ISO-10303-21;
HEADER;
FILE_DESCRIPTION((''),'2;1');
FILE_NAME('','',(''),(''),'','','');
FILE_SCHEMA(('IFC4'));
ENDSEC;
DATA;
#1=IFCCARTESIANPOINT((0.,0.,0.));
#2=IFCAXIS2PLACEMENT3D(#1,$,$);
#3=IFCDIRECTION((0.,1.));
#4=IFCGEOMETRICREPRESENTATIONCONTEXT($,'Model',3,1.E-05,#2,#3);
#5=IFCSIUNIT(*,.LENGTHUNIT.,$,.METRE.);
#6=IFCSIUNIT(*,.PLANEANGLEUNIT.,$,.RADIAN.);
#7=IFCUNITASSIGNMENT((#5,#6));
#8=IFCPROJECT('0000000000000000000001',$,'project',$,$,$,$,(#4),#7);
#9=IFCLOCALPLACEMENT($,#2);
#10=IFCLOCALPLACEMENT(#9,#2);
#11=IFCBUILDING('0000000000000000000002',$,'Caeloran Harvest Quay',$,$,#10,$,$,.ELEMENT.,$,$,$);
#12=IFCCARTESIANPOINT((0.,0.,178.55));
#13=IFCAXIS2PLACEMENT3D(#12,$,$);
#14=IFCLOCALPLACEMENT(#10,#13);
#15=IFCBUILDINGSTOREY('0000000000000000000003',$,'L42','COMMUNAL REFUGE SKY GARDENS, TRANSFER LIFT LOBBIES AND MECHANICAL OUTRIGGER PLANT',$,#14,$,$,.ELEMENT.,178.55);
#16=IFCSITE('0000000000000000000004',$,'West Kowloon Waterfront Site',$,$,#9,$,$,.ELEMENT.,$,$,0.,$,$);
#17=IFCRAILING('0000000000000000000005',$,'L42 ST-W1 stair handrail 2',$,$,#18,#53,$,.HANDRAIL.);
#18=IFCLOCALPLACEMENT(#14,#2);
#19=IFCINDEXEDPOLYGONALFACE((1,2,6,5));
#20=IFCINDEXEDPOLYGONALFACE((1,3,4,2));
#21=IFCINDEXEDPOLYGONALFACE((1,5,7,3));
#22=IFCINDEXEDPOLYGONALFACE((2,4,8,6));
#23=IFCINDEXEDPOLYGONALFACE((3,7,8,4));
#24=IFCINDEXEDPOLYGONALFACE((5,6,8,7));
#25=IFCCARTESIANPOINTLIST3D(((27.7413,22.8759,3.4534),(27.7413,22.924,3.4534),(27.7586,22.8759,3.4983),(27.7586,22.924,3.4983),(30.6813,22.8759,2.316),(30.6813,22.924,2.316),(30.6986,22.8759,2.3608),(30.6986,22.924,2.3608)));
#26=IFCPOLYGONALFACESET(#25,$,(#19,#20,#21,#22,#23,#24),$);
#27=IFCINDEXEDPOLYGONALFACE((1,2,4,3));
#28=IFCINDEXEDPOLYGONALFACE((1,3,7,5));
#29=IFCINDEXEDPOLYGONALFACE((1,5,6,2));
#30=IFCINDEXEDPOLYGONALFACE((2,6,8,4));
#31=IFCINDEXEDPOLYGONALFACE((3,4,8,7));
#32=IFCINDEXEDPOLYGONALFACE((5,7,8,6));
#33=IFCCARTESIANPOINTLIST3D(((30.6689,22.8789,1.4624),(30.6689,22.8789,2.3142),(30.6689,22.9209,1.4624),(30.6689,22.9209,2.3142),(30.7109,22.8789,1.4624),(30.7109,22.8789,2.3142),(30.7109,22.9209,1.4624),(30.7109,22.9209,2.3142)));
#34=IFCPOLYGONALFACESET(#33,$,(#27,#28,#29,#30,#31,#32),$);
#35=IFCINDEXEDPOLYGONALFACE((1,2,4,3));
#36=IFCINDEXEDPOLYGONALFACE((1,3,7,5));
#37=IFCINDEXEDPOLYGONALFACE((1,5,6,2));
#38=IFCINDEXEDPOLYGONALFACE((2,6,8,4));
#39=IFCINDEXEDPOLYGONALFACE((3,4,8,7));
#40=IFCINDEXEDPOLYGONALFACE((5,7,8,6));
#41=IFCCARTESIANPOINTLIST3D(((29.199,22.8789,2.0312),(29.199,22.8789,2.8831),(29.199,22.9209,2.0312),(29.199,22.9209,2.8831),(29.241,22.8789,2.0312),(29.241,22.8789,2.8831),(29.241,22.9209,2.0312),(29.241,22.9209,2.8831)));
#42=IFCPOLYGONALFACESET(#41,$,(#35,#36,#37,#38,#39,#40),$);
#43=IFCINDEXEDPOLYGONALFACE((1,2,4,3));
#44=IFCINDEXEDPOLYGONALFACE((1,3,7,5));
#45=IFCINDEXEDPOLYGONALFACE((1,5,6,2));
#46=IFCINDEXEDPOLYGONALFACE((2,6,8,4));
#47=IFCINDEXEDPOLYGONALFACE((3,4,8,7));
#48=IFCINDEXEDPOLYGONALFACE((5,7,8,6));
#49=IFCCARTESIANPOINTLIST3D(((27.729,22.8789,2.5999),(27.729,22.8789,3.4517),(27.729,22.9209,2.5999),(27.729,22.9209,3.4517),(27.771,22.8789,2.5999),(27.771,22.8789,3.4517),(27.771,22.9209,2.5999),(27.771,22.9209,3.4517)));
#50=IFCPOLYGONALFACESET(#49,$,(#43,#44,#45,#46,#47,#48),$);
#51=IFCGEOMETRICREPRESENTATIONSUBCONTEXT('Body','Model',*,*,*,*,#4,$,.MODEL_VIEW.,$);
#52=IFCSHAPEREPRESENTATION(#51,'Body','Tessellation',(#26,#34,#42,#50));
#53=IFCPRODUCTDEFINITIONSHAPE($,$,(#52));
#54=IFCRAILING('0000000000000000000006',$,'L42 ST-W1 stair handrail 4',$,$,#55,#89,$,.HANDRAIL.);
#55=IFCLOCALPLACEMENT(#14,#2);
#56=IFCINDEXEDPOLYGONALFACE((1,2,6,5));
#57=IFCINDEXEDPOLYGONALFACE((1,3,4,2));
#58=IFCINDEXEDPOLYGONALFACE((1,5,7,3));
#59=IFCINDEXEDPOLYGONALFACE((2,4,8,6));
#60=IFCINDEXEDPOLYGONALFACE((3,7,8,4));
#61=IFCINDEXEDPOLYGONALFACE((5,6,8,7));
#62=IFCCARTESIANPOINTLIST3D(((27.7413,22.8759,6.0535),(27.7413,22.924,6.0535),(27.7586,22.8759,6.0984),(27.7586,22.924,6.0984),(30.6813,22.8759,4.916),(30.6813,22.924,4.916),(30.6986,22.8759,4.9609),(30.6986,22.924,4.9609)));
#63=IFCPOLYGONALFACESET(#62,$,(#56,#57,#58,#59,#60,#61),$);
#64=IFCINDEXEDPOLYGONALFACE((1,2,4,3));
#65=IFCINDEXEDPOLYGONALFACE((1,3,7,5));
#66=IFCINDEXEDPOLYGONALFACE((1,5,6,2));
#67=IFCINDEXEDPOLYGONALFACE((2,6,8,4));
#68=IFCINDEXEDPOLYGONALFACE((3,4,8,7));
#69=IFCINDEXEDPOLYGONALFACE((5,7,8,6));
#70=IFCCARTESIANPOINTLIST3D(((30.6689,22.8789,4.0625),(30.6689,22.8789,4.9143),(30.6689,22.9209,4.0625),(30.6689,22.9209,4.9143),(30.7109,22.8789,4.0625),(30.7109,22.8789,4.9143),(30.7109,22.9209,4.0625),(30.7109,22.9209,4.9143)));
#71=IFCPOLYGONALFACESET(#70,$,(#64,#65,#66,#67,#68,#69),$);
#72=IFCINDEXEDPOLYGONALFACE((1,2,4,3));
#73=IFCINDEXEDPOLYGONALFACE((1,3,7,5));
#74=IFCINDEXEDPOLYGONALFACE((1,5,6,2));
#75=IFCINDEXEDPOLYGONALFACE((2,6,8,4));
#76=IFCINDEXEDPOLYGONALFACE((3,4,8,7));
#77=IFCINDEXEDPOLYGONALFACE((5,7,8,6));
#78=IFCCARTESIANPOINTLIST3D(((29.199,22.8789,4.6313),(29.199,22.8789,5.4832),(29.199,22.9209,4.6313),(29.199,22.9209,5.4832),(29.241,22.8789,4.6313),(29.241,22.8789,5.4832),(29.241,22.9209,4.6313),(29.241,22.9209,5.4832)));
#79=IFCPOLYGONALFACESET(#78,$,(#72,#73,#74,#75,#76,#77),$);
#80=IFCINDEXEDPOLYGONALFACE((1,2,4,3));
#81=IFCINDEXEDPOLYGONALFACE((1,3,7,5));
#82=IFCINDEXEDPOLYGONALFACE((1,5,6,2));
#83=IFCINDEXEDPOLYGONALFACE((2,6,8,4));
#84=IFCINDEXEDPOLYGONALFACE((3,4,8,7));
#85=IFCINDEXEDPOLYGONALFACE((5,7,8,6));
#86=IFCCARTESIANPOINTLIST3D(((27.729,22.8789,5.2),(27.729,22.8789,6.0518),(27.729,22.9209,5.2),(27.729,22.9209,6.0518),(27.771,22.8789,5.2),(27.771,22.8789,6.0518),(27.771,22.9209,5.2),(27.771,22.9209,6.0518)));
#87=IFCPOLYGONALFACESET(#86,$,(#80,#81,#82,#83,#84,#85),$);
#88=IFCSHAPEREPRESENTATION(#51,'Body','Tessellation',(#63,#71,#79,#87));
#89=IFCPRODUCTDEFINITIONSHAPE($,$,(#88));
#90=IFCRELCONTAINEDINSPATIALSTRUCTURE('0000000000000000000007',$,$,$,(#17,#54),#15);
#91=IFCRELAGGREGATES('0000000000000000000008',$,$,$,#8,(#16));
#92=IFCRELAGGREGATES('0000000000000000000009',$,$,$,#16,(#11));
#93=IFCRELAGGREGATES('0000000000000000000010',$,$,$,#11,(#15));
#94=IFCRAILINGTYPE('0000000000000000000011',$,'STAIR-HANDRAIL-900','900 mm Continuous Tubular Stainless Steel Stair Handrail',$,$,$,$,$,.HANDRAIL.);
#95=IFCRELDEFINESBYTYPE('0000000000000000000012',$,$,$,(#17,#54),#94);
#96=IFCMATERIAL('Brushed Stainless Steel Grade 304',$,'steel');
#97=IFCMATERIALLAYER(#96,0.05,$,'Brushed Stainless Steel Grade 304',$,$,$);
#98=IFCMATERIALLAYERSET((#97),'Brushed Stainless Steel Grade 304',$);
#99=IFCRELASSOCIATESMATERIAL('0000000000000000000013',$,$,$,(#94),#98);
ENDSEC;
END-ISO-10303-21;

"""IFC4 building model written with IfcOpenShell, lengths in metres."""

from ifc_helpers import new_model, si_unit, direction, frame, origin, origin_2d, place, context, subcontext, project, spatial, rectangle, extrude, material, layer, layer_set, type_object, element, save


model = new_model("IFC4")

# Units and contexts
model_context = context("Model", 3, precision=1e-05, world=origin(), true_north=direction((0.0, 1.0)))
body_context = subcontext(model_context, "Body", "Model", "MODEL_VIEW")
ifc_project = project(units=[si_unit("LENGTHUNIT", "METRE"), si_unit("PLANEANGLEUNIT", "RADIAN")], contexts=[model_context])

# Site, building, storey
site_placement = place(None, origin())
site = spatial("IfcSite", under=ifc_project, at=site_placement, Name="West Kowloon Waterfront Site", CompositionType="ELEMENT", RefElevation=0.0)
building_placement = place(site_placement, origin())
building = spatial("IfcBuilding", under=site, at=building_placement, Name="Caeloran Harvest Quay", CompositionType="ELEMENT")
storey_placement = place(building_placement, frame((0.0, 0.0, 178.55)))
storey = spatial("IfcBuildingStorey", under=building, at=storey_placement, Name="L42", Description="COMMUNAL REFUGE SKY GARDENS, TRANSFER LIFT LOBBIES AND MECHANICAL OUTRIGGER PLANT", CompositionType="ELEMENT", Elevation=178.55)

# Railings
ifc_material_1 = material(Name="Brushed Stainless Steel Grade 304", Category="steel")
ifc_layer_1 = layer(ifc_material_1, 0.05, Name="Brushed Stainless Steel Grade 304")
ifc_layer_set_1 = layer_set([ifc_layer_1], Name="Brushed Stainless Steel Grade 304")
railing_type_1 = type_object("IfcRailingType", Name="STAIR-HANDRAIL-900", Description="900 mm Continuous Tubular Stainless Steel Stair Handrail", PredefinedType="HANDRAIL", material=ifc_layer_set_1)
for number, where, name in (
    (1, (30.6899, 22.8999, 1.4624), "L42 ST-W1 stair handrail 2"),
    (2, (30.6899, 22.8999, 4.0625), "L42 ST-W1 stair handrail 4"),
):
    element("IfcRailing", number, at=place(storey_placement, frame(where)), inside=storey, type_object=railing_type_1, Name=name, PredefinedType="HANDRAIL", context=body_context, shape_type="SweptSolid", body=[
        extrude(rectangle(XDim=0.0481, YDim=0.0481, at=origin_2d()), frame((0.0, 0.0, 0.876), z_axis=(-0.932631, 0.0, 0.360831), x_axis=(0.0, -1.0, 0.0)), (0.0, 0.0, 1.0), 3.1523),
        extrude(rectangle(XDim=0.042, YDim=0.042, at=origin_2d()), origin(), (0.0, 0.0, 1.0), 0.8518),
        extrude(rectangle(XDim=0.042, YDim=0.042, at=origin_2d()), frame((-1.47, 0.0, 0.5688)), (0.0, 0.0, 1.0), 0.8518),
        extrude(rectangle(XDim=0.042, YDim=0.042, at=origin_2d()), frame((-2.9399, 0.0, 1.1375)), (0.0, 0.0, 1.0), 0.8518),
    ])

save(model, "model.ifc")
